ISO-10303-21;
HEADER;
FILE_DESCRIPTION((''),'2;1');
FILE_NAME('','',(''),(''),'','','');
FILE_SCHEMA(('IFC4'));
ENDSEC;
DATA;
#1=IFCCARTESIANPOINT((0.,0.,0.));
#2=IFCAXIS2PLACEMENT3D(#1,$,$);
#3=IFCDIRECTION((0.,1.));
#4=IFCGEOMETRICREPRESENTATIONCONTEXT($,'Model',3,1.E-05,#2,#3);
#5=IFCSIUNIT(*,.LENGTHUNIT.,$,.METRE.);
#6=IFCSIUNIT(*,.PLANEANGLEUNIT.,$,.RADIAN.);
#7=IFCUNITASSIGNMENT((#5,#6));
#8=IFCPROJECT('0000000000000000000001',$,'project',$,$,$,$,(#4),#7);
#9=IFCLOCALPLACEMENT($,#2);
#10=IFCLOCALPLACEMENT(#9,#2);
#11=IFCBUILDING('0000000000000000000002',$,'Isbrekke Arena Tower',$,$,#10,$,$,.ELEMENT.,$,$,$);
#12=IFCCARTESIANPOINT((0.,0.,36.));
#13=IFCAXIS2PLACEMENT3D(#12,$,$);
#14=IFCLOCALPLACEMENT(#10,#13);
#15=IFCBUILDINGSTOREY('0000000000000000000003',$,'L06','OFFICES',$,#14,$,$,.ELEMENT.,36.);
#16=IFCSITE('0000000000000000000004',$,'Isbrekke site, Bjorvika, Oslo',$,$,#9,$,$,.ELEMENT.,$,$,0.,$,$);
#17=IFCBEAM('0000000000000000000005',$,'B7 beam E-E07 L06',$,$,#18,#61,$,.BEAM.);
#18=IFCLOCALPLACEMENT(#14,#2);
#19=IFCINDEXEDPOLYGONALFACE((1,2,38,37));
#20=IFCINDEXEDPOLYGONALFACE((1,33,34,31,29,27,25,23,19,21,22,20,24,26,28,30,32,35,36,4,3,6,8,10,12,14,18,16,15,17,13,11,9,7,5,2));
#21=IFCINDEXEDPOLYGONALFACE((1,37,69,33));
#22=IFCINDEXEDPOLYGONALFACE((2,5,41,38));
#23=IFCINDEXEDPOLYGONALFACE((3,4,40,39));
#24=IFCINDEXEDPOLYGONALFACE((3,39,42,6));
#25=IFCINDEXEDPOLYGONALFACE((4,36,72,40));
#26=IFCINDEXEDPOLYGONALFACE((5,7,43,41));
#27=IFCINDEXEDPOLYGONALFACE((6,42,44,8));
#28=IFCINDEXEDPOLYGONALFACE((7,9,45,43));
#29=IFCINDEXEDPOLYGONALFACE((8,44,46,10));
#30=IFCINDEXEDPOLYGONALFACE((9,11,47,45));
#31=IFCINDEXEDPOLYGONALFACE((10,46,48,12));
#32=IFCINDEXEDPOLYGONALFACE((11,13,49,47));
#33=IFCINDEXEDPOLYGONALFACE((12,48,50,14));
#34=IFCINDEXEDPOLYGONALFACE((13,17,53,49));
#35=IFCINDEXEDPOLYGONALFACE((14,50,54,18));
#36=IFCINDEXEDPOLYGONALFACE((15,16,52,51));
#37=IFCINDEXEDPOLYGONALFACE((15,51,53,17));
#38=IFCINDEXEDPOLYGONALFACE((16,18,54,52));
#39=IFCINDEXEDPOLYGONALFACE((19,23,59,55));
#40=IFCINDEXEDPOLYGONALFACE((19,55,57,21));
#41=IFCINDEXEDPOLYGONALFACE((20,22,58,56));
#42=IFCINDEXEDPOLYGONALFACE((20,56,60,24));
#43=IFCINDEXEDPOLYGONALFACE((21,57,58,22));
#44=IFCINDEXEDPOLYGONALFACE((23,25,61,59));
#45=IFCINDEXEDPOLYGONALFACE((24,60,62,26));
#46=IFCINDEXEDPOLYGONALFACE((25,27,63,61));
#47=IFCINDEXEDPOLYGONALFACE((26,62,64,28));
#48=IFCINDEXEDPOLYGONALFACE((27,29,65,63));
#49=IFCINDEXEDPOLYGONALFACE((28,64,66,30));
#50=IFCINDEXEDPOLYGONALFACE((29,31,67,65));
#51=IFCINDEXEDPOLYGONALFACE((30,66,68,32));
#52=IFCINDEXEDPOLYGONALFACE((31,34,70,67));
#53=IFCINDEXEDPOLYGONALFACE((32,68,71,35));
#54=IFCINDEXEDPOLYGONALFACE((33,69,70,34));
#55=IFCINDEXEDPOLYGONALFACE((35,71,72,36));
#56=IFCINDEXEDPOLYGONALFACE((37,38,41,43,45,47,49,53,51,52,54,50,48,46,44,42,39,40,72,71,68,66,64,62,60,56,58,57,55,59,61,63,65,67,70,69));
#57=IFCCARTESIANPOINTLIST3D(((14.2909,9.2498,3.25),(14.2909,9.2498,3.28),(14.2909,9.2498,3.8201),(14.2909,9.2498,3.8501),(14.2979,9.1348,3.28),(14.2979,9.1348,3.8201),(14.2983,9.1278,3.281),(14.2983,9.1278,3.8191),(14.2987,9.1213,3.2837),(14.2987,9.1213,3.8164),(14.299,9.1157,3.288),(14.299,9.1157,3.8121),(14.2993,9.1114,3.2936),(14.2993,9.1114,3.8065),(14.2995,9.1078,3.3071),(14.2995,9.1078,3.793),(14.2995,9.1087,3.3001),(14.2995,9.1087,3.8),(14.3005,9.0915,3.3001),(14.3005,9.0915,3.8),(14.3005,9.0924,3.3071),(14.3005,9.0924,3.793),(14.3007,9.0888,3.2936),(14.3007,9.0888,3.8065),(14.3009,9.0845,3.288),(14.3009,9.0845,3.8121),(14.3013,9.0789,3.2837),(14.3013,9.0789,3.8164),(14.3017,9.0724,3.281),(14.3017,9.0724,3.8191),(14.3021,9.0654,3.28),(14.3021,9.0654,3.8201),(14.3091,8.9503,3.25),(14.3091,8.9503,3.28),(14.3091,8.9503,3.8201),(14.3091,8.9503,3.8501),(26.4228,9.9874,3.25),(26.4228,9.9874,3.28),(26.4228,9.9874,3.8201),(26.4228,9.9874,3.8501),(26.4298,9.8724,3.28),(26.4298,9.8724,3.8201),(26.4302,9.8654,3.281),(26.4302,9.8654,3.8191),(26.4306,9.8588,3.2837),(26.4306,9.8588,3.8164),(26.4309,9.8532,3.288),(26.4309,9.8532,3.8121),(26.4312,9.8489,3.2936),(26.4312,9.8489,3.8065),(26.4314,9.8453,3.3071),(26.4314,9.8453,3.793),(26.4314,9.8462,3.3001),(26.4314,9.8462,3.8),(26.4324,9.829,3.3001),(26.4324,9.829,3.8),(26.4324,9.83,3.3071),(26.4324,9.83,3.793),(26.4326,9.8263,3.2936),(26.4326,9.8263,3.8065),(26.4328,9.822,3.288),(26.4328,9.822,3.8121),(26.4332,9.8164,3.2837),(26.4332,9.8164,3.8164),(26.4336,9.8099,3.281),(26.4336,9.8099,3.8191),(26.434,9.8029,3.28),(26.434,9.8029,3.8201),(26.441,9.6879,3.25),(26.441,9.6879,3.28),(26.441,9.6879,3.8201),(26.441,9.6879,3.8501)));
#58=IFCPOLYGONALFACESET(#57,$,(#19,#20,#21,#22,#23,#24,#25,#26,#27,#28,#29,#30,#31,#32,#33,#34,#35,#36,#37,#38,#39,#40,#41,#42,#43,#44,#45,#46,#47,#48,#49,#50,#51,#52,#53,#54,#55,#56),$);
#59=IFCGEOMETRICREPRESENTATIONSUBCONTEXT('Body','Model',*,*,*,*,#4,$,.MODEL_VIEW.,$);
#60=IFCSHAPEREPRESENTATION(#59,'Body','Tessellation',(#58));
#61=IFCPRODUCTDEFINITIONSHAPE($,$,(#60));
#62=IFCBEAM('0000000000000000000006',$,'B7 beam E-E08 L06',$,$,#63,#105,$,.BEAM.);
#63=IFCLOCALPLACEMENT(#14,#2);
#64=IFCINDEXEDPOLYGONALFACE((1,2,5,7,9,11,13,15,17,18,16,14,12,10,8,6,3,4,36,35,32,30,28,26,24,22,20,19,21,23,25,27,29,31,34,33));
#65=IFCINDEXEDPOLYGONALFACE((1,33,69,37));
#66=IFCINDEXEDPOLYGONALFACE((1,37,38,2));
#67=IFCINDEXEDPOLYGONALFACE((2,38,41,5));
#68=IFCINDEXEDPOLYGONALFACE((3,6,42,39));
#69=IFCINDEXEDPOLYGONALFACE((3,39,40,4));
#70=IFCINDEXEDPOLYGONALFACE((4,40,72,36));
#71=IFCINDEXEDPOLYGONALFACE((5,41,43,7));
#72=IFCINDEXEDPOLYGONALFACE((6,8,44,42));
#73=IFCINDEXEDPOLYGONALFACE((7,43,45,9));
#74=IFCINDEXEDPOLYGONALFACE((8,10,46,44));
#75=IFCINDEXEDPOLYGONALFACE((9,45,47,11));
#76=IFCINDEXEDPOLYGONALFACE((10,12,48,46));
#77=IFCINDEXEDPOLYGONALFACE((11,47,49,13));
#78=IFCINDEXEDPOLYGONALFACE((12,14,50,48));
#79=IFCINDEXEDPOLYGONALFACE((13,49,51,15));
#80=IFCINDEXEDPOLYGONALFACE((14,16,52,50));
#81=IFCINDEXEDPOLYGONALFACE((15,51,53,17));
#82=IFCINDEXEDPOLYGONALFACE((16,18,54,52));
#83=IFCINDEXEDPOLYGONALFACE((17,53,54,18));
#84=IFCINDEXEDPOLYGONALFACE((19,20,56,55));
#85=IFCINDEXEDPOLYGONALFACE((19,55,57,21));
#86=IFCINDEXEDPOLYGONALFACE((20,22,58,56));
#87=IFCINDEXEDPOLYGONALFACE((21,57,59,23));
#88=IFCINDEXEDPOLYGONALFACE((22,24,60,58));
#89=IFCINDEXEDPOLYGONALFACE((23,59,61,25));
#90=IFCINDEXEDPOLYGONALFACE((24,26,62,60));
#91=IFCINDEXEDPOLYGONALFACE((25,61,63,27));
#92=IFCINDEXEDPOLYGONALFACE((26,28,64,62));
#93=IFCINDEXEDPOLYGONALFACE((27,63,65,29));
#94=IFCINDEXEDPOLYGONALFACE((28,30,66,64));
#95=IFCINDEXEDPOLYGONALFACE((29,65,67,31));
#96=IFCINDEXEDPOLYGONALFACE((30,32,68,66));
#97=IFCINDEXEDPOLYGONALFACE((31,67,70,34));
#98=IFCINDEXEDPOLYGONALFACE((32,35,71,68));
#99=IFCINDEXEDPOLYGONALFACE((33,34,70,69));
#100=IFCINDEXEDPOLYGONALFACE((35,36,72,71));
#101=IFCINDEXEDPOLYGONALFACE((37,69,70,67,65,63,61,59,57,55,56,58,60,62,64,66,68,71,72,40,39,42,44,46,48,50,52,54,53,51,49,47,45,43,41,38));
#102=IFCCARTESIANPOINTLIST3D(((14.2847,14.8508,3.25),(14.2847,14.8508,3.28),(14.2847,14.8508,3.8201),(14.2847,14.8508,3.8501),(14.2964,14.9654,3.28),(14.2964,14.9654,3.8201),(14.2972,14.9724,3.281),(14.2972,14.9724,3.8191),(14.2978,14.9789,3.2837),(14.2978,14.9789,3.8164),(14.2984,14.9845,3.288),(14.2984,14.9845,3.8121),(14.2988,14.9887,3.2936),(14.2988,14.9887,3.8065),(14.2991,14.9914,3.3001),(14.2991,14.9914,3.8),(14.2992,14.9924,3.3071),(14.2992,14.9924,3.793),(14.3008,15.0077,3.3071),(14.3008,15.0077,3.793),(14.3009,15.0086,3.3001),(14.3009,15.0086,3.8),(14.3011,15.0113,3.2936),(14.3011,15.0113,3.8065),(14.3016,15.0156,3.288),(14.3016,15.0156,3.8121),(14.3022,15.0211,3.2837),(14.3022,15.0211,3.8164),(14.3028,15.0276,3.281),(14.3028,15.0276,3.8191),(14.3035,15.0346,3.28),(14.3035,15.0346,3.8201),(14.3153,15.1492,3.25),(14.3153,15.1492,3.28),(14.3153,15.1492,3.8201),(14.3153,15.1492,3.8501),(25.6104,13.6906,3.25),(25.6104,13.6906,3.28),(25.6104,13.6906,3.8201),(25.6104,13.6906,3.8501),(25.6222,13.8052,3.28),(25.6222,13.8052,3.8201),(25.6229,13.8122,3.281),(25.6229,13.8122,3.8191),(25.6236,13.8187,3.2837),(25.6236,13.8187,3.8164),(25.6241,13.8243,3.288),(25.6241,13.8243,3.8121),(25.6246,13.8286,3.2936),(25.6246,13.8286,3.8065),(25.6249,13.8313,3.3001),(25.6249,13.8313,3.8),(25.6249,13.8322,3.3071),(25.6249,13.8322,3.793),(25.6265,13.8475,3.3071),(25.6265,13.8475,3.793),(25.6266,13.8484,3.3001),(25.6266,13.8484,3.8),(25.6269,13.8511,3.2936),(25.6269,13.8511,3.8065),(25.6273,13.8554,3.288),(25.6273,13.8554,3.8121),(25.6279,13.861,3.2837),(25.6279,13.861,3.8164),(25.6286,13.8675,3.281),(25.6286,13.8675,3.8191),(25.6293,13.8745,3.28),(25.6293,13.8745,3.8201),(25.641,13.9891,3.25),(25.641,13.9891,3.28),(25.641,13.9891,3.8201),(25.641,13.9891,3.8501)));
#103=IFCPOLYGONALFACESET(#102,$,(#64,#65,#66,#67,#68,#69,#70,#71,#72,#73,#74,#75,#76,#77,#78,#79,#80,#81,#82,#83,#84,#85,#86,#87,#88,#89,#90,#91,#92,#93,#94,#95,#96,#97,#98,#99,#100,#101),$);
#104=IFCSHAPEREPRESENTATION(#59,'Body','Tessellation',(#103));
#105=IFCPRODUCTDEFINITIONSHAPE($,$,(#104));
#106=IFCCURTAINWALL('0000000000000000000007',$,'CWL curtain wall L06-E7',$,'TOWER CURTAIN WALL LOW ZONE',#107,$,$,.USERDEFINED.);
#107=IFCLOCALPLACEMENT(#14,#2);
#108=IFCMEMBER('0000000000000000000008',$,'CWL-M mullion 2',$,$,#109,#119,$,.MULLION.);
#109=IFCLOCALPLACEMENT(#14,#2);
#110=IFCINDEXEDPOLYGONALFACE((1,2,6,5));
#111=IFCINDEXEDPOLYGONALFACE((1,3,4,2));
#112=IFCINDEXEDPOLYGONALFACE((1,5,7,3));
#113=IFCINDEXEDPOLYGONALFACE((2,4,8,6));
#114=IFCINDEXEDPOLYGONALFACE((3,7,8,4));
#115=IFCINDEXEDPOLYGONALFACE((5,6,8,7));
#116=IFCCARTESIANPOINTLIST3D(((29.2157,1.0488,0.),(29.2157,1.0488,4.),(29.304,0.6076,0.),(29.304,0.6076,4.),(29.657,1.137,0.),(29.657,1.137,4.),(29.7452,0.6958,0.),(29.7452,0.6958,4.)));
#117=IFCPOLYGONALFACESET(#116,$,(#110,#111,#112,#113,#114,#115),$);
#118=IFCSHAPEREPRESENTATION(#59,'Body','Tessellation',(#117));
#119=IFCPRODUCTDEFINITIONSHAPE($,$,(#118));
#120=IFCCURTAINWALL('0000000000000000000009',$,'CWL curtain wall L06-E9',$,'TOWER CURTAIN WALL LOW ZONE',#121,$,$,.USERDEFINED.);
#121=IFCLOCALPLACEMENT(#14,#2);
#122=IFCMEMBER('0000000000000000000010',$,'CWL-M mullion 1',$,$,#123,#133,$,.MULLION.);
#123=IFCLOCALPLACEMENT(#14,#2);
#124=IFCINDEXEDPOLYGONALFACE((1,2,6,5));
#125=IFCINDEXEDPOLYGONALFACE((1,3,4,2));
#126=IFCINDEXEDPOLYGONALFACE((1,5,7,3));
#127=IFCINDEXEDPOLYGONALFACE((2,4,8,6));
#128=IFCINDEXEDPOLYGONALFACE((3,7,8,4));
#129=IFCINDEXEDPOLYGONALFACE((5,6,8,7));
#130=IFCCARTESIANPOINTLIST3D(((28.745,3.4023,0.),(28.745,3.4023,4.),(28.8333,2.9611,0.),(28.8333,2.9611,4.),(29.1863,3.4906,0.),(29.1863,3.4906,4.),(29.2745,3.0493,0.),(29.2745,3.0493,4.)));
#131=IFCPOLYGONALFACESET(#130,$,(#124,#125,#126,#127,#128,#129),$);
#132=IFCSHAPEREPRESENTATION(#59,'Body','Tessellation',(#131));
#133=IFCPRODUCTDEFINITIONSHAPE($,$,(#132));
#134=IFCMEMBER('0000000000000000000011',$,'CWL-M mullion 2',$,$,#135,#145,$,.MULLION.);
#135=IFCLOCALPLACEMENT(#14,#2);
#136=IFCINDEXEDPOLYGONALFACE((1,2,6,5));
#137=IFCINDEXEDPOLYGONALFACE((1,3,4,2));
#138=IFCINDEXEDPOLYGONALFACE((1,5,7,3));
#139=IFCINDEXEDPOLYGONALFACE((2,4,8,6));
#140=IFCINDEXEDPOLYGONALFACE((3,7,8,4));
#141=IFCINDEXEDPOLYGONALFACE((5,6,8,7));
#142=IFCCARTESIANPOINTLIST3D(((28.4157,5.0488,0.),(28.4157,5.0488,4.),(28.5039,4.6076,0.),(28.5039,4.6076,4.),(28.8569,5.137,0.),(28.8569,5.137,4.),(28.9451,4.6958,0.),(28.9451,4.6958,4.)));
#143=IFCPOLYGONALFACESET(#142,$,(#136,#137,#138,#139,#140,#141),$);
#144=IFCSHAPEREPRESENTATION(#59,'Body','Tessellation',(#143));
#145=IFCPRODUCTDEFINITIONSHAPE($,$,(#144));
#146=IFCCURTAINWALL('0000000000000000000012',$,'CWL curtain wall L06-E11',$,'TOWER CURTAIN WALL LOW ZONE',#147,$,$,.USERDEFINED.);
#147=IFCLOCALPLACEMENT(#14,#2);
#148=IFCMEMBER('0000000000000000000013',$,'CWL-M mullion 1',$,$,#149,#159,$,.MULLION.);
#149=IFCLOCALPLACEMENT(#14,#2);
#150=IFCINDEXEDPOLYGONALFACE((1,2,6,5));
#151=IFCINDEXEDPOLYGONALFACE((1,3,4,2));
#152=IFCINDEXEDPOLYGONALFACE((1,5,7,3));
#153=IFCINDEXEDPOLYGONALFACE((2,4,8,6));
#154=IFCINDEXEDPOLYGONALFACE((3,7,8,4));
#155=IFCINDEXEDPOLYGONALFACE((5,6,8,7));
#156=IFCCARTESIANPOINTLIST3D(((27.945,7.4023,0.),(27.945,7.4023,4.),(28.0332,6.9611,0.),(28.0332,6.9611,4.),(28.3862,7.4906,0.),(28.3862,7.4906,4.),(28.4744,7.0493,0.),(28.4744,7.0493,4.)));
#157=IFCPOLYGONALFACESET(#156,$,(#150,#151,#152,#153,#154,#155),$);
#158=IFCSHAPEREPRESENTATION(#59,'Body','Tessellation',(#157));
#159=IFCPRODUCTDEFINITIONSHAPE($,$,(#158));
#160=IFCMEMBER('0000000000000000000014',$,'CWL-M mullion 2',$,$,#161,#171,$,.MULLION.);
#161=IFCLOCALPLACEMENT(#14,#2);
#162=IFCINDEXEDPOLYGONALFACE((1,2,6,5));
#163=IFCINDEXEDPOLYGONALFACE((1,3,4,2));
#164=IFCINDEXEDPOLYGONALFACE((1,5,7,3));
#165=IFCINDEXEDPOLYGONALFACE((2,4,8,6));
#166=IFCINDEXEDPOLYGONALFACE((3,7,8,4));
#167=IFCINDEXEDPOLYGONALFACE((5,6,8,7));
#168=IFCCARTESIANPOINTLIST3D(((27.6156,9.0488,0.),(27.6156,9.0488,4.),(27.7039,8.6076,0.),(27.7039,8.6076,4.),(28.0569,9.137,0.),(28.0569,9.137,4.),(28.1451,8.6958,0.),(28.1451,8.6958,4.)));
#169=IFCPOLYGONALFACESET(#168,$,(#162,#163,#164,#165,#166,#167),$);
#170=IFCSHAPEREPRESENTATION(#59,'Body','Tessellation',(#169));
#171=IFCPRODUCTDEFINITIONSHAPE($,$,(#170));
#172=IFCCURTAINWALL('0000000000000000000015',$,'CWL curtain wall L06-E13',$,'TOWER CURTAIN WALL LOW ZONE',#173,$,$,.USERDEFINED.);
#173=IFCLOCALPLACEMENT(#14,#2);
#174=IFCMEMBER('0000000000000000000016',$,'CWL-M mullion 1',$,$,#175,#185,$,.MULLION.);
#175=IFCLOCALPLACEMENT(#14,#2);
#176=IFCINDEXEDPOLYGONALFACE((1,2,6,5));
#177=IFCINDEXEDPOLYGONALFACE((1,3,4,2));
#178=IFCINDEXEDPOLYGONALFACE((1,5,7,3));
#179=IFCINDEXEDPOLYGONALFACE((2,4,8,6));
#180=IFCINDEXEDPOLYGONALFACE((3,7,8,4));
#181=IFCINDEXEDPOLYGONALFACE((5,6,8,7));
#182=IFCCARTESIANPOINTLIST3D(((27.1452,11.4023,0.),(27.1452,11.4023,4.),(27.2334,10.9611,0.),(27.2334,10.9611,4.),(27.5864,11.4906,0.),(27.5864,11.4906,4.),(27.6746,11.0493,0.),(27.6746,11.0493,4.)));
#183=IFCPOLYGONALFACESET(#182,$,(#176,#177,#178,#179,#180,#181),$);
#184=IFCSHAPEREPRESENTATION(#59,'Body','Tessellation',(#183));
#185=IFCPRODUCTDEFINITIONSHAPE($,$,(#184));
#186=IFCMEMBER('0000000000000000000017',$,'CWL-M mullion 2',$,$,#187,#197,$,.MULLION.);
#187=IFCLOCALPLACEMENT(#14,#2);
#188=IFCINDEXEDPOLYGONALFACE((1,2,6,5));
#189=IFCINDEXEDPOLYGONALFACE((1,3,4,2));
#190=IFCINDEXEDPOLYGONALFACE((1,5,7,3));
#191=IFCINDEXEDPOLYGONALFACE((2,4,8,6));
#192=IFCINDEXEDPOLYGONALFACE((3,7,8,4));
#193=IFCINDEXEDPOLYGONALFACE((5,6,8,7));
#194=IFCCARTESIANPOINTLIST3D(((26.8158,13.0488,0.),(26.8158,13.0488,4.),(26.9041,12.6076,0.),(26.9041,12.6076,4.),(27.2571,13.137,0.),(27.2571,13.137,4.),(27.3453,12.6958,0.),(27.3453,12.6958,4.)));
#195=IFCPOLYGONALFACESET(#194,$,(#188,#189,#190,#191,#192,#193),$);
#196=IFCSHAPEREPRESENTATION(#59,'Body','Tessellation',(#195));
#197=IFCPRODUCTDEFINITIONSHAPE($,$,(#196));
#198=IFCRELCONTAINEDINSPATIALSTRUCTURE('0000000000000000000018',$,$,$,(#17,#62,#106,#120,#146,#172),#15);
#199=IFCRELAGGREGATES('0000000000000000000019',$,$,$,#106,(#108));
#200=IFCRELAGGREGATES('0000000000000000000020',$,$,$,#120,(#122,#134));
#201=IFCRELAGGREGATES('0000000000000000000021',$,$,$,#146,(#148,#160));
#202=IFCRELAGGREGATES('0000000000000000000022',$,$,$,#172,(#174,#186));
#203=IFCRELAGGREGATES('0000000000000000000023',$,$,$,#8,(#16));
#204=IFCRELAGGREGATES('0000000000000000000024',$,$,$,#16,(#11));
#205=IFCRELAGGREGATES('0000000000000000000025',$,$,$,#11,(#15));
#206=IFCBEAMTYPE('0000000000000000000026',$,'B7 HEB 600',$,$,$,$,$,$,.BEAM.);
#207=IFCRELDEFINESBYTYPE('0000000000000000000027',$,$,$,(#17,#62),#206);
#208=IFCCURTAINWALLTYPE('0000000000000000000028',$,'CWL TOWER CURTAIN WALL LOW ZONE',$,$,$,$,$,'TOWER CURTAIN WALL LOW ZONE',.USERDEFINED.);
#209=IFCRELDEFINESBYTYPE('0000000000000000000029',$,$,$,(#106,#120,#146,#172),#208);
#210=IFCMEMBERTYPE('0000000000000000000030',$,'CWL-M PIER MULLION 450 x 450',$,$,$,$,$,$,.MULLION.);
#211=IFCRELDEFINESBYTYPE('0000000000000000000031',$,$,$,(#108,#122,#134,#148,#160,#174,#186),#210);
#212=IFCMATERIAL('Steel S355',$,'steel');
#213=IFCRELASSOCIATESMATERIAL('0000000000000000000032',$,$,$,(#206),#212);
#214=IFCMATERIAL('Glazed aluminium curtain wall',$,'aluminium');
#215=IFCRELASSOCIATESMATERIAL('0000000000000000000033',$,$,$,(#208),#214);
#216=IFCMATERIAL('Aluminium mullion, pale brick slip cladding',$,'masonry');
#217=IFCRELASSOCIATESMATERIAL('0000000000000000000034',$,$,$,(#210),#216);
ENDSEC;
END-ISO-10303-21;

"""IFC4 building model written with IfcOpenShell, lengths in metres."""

from ifc_helpers import new_model, si_unit, direction, frame, origin, origin_2d, place, context, subcontext, project, spatial, rectangle, i_section, extrude, material, material_profile, profile_set, type_object, element, aggregate, save


model = new_model("IFC4")

# Units and contexts
model_context = context("Model", 3, precision=1e-05, world=origin(), true_north=direction((0.0, 1.0)))
body_context = subcontext(model_context, "Body", "Model", "MODEL_VIEW")
ifc_project = project(units=[si_unit("LENGTHUNIT", "METRE"), si_unit("PLANEANGLEUNIT", "RADIAN")], contexts=[model_context])

# Site, building, storey
site_placement = place(None, origin())
site = spatial("IfcSite", under=ifc_project, at=site_placement, Name="Isbrekke site, Bjorvika, Oslo", CompositionType="ELEMENT", RefElevation=0.0)
building_placement = place(site_placement, origin())
building = spatial("IfcBuilding", under=site, at=building_placement, Name="Isbrekke Arena Tower", CompositionType="ELEMENT")
storey_placement = place(building_placement, frame((0.0, 0.0, 36.0)))
storey = spatial("IfcBuildingStorey", under=building, at=storey_placement, Name="L06", Description="OFFICES", CompositionType="ELEMENT", Elevation=36.0)

# Beams
ifc_material_1 = material(Name="Steel S355", Category="steel")
ifc_material_profile_1 = material_profile(ifc_material_1, i_section(OverallWidth=0.3, OverallDepth=0.6001, WebThickness=0.0154, FlangeThickness=0.03, FilletRadius=0.0271, at=origin_2d()), Name="HEB 600")
ifc_profile_set_1 = profile_set([ifc_material_profile_1], Name="Steel S355")
beam_type_1 = type_object("IfcBeamType", Name="B7 HEB 600", PredefinedType="BEAM", material=ifc_profile_set_1)
beam_1_placement = place(storey_placement, frame((26.4319, 9.8376, 3.55), z_axis=(-0.998157, -0.060682, 0.0), x_axis=(0.060682, -0.998157, 0.0)))
element("IfcBeam", 1, at=beam_1_placement, inside=storey, type_object=beam_type_1, Name="B7 beam E-E07 L06", PredefinedType="BEAM", context=body_context, shape_type="SweptSolid", body=[
    extrude(i_section(OverallWidth=0.3, OverallDepth=0.6001, WebThickness=0.0154, FlangeThickness=0.03, FilletRadius=0.0271, at=origin_2d()), origin(), (0.0, 0.0, 1.0), 12.1543),
])
beam_2_placement = place(storey_placement, frame((25.6257, 13.8398, 3.55), z_axis=(-0.994794, 0.101903, 0.0), x_axis=(-0.101903, -0.994794, 0.0)))
element("IfcBeam", 2, at=beam_2_placement, inside=storey, type_object=beam_type_1, Name="B7 beam E-E08 L06", PredefinedType="BEAM", context=body_context, shape_type="SweptSolid", body=[
    extrude(i_section(OverallWidth=0.3, OverallDepth=0.6001, WebThickness=0.0154, FlangeThickness=0.03, FilletRadius=0.0271, at=origin_2d()), origin(), (0.0, 0.0, 1.0), 11.385),
])

# Curtain wall, member
ifc_material_2 = material(Name="Glazed aluminium curtain wall", Category="aluminium")
curtain_wall_type = type_object("IfcCurtainWallType", Name="CWL TOWER CURTAIN WALL LOW ZONE", ElementType="TOWER CURTAIN WALL LOW ZONE", PredefinedType="USERDEFINED", material=ifc_material_2)
curtain_wall_1_placement = place(storey_placement, origin())
curtain_wall_1 = element("IfcCurtainWall", 3, at=curtain_wall_1_placement, inside=storey, type_object=curtain_wall_type, Name="CWL curtain wall L06-E7", ObjectType="TOWER CURTAIN WALL LOW ZONE", PredefinedType="USERDEFINED")
ifc_material_3 = material(Name="Aluminium mullion, pale brick slip cladding", Category="masonry")
ifc_material_profile_2 = material_profile(ifc_material_3, rectangle(XDim=0.45, YDim=0.45, at=origin_2d()), Name="PIER 450X450")
ifc_profile_set_2 = profile_set([ifc_material_profile_2], Name="Aluminium mullion, pale brick slip cladding")
member_type_1 = type_object("IfcMemberType", Name="CWL-M PIER MULLION 450 x 450", PredefinedType="MULLION", material=ifc_profile_set_2)
member_1_placement = place(storey_placement, frame((29.4805, 0.8723, 0.0), z_axis=(0.0, 0.0, 1.0), x_axis=(-0.196116, 0.980581, 0.0)))
member_1 = element("IfcMember", 4, at=member_1_placement, type_object=member_type_1, Name="CWL-M mullion 2", PredefinedType="MULLION", context=body_context, shape_type="SweptSolid", body=[
    extrude(rectangle(XDim=0.45, YDim=0.45, at=origin_2d()), origin(), (0.0, 0.0, 1.0), 4.0),
])

# Curtain walls, members
curtain_wall_2_placement = place(storey_placement, origin())
curtain_wall_2 = element("IfcCurtainWall", 5, at=curtain_wall_2_placement, inside=storey, type_object=curtain_wall_type, Name="CWL curtain wall L06-E9", ObjectType="TOWER CURTAIN WALL LOW ZONE", PredefinedType="USERDEFINED")
member_2_placement = place(storey_placement, frame((29.0098, 3.2258, 0.0), z_axis=(0.0, 0.0, 1.0), x_axis=(-0.196116, 0.980581, 0.0)))
member_2 = element("IfcMember", 6, at=member_2_placement, type_object=member_type_1, Name="CWL-M mullion 1", PredefinedType="MULLION", context=body_context, shape_type="SweptSolid", body=[
    extrude(rectangle(XDim=0.45, YDim=0.45, at=origin_2d()), origin(), (0.0, 0.0, 1.0), 4.0),
])
member_3_placement = place(storey_placement, frame((28.6804, 4.8723, 0.0), z_axis=(0.0, 0.0, 1.0), x_axis=(-0.196116, 0.980581, 0.0)))
member_3 = element("IfcMember", 7, at=member_3_placement, type_object=member_type_1, Name="CWL-M mullion 2", PredefinedType="MULLION", context=body_context, shape_type="SweptSolid", body=[
    extrude(rectangle(XDim=0.45, YDim=0.45, at=origin_2d()), origin(), (0.0, 0.0, 1.0), 4.0),
])
curtain_wall_3_placement = place(storey_placement, origin())
curtain_wall_3 = element("IfcCurtainWall", 8, at=curtain_wall_3_placement, inside=storey, type_object=curtain_wall_type, Name="CWL curtain wall L06-E11", ObjectType="TOWER CURTAIN WALL LOW ZONE", PredefinedType="USERDEFINED")
member_4_placement = place(storey_placement, frame((28.2097, 7.2258, 0.0), z_axis=(0.0, 0.0, 1.0), x_axis=(-0.196116, 0.980581, 0.0)))
member_4 = element("IfcMember", 9, at=member_4_placement, type_object=member_type_1, Name="CWL-M mullion 1", PredefinedType="MULLION", context=body_context, shape_type="SweptSolid", body=[
    extrude(rectangle(XDim=0.45, YDim=0.45, at=origin_2d()), origin(), (0.0, 0.0, 1.0), 4.0),
])
member_5_placement = place(storey_placement, frame((27.8804, 8.8723, 0.0), z_axis=(0.0, 0.0, 1.0), x_axis=(-0.196116, 0.980581, 0.0)))
member_5 = element("IfcMember", 10, at=member_5_placement, type_object=member_type_1, Name="CWL-M mullion 2", PredefinedType="MULLION", context=body_context, shape_type="SweptSolid", body=[
    extrude(rectangle(XDim=0.45, YDim=0.45, at=origin_2d()), origin(), (0.0, 0.0, 1.0), 4.0),
])
curtain_wall_4_placement = place(storey_placement, origin())
curtain_wall_4 = element("IfcCurtainWall", 11, at=curtain_wall_4_placement, inside=storey, type_object=curtain_wall_type, Name="CWL curtain wall L06-E13", ObjectType="TOWER CURTAIN WALL LOW ZONE", PredefinedType="USERDEFINED")
member_6_placement = place(storey_placement, frame((27.4099, 11.2258, 0.0), z_axis=(0.0, 0.0, 1.0), x_axis=(-0.196116, 0.980581, 0.0)))
member_6 = element("IfcMember", 12, at=member_6_placement, type_object=member_type_1, Name="CWL-M mullion 1", PredefinedType="MULLION", context=body_context, shape_type="SweptSolid", body=[
    extrude(rectangle(XDim=0.45, YDim=0.45, at=origin_2d()), origin(), (0.0, 0.0, 1.0), 4.0),
])
member_7_placement = place(storey_placement, frame((27.0806, 12.8723, 0.0), z_axis=(0.0, 0.0, 1.0), x_axis=(-0.196116, 0.980581, 0.0)))
member_7 = element("IfcMember", 13, at=member_7_placement, type_object=member_type_1, Name="CWL-M mullion 2", PredefinedType="MULLION", context=body_context, shape_type="SweptSolid", body=[
    extrude(rectangle(XDim=0.45, YDim=0.45, at=origin_2d()), origin(), (0.0, 0.0, 1.0), 4.0),
])

aggregate(curtain_wall_1, [member_1])
aggregate(curtain_wall_2, [member_2, member_3])
aggregate(curtain_wall_3, [member_4, member_5])
aggregate(curtain_wall_4, [member_6, member_7])

save(model, "model.ifc")
